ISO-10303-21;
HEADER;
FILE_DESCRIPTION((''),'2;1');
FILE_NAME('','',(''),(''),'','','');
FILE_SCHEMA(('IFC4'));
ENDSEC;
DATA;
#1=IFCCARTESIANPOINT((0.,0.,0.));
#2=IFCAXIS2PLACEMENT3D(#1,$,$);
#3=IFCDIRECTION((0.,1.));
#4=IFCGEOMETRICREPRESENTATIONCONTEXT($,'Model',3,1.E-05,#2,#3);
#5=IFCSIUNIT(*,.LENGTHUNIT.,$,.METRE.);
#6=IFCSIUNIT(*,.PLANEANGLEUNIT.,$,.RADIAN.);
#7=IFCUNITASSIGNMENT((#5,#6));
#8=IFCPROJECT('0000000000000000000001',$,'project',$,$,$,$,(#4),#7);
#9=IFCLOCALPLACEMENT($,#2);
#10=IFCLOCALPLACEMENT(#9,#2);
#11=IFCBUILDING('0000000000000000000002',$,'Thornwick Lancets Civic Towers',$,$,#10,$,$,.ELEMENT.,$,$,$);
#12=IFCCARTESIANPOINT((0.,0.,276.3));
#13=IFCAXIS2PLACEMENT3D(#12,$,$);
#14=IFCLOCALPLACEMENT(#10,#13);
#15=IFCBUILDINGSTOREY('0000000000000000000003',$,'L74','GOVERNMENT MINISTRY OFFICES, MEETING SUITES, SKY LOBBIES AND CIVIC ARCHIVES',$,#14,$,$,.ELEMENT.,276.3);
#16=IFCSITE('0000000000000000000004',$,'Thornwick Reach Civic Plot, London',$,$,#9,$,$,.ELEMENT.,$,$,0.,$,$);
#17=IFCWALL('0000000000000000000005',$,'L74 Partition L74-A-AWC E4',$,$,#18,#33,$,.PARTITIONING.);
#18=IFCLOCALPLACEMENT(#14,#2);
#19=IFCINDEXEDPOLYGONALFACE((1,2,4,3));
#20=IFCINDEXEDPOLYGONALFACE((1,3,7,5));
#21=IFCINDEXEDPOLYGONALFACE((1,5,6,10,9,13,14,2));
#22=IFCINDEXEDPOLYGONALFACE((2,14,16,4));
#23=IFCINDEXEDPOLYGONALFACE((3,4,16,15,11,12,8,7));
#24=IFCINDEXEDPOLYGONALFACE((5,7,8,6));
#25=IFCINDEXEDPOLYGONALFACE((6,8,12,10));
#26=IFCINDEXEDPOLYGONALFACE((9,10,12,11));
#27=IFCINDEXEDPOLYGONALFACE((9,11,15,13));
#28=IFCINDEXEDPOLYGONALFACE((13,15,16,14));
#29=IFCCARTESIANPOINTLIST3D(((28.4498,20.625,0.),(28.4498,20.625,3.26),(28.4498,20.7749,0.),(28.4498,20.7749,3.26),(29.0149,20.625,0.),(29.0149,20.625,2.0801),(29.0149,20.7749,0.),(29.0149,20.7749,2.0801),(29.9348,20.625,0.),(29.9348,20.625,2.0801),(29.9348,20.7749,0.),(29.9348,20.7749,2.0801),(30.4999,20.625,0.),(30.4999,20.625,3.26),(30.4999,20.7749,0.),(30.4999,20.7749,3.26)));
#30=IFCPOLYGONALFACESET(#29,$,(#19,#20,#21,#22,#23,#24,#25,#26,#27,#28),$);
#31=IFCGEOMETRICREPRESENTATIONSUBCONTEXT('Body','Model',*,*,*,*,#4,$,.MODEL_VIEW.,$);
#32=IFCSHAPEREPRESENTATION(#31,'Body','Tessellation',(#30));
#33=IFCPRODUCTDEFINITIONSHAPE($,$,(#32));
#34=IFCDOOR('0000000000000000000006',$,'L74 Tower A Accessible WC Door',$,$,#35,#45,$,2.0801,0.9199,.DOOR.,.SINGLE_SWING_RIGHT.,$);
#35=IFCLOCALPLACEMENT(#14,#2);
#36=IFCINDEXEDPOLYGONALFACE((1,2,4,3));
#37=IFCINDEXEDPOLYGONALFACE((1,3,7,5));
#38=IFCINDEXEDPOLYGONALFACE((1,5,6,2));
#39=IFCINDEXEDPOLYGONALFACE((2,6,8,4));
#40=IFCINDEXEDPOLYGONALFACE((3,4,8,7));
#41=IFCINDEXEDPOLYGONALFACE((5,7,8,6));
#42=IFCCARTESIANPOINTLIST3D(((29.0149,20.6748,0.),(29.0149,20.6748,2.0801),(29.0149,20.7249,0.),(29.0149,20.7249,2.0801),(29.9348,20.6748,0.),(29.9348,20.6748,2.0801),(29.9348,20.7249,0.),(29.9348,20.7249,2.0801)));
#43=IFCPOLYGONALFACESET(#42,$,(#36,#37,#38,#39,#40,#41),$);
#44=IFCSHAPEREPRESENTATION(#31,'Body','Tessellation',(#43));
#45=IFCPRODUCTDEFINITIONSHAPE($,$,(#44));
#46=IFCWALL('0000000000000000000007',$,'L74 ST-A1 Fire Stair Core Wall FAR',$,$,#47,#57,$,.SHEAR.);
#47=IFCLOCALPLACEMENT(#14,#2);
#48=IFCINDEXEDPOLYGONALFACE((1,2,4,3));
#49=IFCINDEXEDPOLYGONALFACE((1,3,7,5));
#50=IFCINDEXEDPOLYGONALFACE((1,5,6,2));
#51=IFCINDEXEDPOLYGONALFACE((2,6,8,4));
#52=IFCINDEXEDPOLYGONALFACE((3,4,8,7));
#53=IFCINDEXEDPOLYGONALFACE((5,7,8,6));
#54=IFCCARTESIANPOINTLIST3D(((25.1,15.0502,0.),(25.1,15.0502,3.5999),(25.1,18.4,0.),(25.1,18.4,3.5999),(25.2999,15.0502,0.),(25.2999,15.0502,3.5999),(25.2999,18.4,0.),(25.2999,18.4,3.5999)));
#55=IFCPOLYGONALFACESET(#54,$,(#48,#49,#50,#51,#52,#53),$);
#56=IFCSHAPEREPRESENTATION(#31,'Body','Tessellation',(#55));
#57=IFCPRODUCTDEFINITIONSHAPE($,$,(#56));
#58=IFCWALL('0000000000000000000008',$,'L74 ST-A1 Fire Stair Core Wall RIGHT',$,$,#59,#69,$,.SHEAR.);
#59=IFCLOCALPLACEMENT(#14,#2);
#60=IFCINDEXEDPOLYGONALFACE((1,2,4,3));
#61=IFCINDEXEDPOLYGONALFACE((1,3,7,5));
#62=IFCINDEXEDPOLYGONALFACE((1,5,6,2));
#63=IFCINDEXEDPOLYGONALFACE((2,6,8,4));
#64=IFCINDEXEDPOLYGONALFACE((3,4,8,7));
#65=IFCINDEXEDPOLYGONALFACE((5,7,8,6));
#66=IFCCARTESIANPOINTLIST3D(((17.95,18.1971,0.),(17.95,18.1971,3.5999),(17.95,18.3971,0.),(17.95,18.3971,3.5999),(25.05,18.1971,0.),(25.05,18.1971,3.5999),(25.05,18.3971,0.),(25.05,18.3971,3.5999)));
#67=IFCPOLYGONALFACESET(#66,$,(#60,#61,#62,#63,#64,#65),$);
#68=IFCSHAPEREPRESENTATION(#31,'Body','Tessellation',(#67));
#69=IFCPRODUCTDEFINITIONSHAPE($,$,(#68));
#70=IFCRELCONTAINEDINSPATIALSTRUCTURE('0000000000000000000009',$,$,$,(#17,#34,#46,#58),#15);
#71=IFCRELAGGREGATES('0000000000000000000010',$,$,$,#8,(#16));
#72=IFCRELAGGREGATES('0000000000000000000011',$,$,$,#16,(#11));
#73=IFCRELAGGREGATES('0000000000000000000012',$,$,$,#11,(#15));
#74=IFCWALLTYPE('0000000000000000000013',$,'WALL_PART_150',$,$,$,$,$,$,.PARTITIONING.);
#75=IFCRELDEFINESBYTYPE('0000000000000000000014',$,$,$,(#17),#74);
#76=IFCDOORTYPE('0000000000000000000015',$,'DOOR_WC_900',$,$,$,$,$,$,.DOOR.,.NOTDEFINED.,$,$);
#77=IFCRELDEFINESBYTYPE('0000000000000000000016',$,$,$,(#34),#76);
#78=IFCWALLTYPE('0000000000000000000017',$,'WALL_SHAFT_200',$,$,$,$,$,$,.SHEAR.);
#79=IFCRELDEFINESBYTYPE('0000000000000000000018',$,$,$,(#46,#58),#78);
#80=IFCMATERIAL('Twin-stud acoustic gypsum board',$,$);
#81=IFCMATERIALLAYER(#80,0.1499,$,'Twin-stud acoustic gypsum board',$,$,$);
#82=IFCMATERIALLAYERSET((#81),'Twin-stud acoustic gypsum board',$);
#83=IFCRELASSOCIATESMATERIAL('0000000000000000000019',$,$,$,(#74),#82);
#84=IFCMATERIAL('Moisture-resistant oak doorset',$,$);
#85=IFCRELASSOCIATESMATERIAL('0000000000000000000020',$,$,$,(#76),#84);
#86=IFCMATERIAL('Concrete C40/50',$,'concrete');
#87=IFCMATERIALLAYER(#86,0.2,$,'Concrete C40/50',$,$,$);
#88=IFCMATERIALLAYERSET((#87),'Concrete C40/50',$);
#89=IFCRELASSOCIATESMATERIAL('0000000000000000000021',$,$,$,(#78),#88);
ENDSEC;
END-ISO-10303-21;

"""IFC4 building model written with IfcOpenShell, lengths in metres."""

from ifc_helpers import new_model, si_unit, direction, frame, frame_2d, origin, place, context, subcontext, project, spatial, rectangle, extrude, material, layer, layer_set, type_object, element, fill, save


model = new_model("IFC4")

# Units and contexts
model_context = context("Model", 3, precision=1e-05, world=origin(), true_north=direction((0.0, 1.0)))
body_context = subcontext(model_context, "Body", "Model", "MODEL_VIEW")
ifc_project = project(units=[si_unit("LENGTHUNIT", "METRE"), si_unit("PLANEANGLEUNIT", "RADIAN")], contexts=[model_context])

# Site, building, storey
site_placement = place(None, origin())
site = spatial("IfcSite", under=ifc_project, at=site_placement, Name="Thornwick Reach Civic Plot, London", CompositionType="ELEMENT", RefElevation=0.0)
building_placement = place(site_placement, origin())
building = spatial("IfcBuilding", under=site, at=building_placement, Name="Thornwick Lancets Civic Towers", CompositionType="ELEMENT")
storey_placement = place(building_placement, frame((0.0, 0.0, 276.3)))
storey = spatial("IfcBuildingStorey", under=building, at=storey_placement, Name="L74", Description="GOVERNMENT MINISTRY OFFICES, MEETING SUITES, SKY LOBBIES AND CIVIC ARCHIVES", CompositionType="ELEMENT", Elevation=276.3)

# Wall, opening, door
ifc_material_1 = material(Name="Twin-stud acoustic gypsum board")
ifc_layer_1 = layer(ifc_material_1, 0.1499, Name="Twin-stud acoustic gypsum board")
ifc_layer_set_1 = layer_set([ifc_layer_1], Name="Twin-stud acoustic gypsum board")
wall_type_1 = type_object("IfcWallType", Name="WALL_PART_150", PredefinedType="PARTITIONING", material=ifc_layer_set_1)
wall_1_placement = place(storey_placement, frame((28.45, 20.7, 0.0), z_axis=(0.0, 0.0, 1.0), x_axis=(1.0, 0.0, 0.0)))
wall_1 = element("IfcWall", 1, at=wall_1_placement, inside=storey, type_object=wall_type_1, Name="L74 Partition L74-A-AWC E4", PredefinedType="PARTITIONING", context=body_context, shape_type="SweptSolid", body=[
    extrude(rectangle(XDim=2.05, YDim=0.1499, at=frame_2d((1.0249, 0.0))), origin(), (0.0, 0.0, 1.0), 3.26),
])
opening_1_placement = place(wall_1_placement, frame((0.5649, 0.0, 0.0)))
opening_1 = element("IfcOpeningElement", 2, at=opening_1_placement, cuts=wall_1, PredefinedType="OPENING", context=body_context, shape_type="SweptSolid", body=[
    extrude(rectangle(XDim=0.9199, YDim=2.0801, at=frame_2d((0.46, 1.04))), frame((0.0, 0.085, 0.0), z_axis=(0.0, -1.0, 0.0), x_axis=(1.0, 0.0, 0.0)), (0.0, 0.0, 1.0), 0.1699),
])
ifc_material_2 = material(Name="Moisture-resistant oak doorset")
door_type_1 = type_object("IfcDoorType", Name="DOOR_WC_900", OperationType="NOTDEFINED", PredefinedType="DOOR", material=ifc_material_2)
door_1_placement = place(opening_1_placement, origin())
door_1 = element("IfcDoor", 3, at=door_1_placement, inside=storey, type_object=door_type_1, Name="L74 Tower A Accessible WC Door", OperationType="SINGLE_SWING_RIGHT", OverallHeight=2.0801, OverallWidth=0.9199, PredefinedType="DOOR", context=body_context, shape_type="SweptSolid", body=[
    extrude(rectangle(XDim=0.9199, YDim=2.0801, at=frame_2d((0.46, 1.04))), frame((0.0, 0.0249, 0.0), z_axis=(0.0, -1.0, 0.0), x_axis=(1.0, 0.0, 0.0)), (0.0, 0.0, 1.0), 0.05),
])
fill(opening_1, door_1)

# Walls
ifc_material_3 = material(Name="Concrete C40/50", Category="concrete")
ifc_layer_2 = layer(ifc_material_3, 0.2, Name="Concrete C40/50")
ifc_layer_set_2 = layer_set([ifc_layer_2], Name="Concrete C40/50")
wall_type_2 = type_object("IfcWallType", Name="WALL_SHAFT_200", PredefinedType="SHEAR", material=ifc_layer_set_2)
wall_2_placement = place(storey_placement, frame((25.2, 18.3999, 0.0), z_axis=(0.0, 0.0, 1.0), x_axis=(0.0, -1.0, 0.0)))
element("IfcWall", 4, at=wall_2_placement, inside=storey, type_object=wall_type_2, Name="L74 ST-A1 Fire Stair Core Wall FAR", PredefinedType="SHEAR", context=body_context, shape_type="SweptSolid", body=[
    extrude(rectangle(XDim=3.3499, YDim=0.2, at=frame_2d((1.6748, 0.0))), origin(), (0.0, 0.0, 1.0), 3.5999),
])
wall_3_placement = place(storey_placement, frame((25.05, 18.2971, 0.0), z_axis=(0.0, 0.0, 1.0), x_axis=(-1.0, 0.0, 0.0)))
element("IfcWall", 5, at=wall_3_placement, inside=storey, type_object=wall_type_2, Name="L74 ST-A1 Fire Stair Core Wall RIGHT", PredefinedType="SHEAR", context=body_context, shape_type="SweptSolid", body=[
    extrude(rectangle(XDim=7.1001, YDim=0.2, at=frame_2d((3.55, 0.0))), origin(), (0.0, 0.0, 1.0), 3.5999),
])

save(model, "model.ifc")
